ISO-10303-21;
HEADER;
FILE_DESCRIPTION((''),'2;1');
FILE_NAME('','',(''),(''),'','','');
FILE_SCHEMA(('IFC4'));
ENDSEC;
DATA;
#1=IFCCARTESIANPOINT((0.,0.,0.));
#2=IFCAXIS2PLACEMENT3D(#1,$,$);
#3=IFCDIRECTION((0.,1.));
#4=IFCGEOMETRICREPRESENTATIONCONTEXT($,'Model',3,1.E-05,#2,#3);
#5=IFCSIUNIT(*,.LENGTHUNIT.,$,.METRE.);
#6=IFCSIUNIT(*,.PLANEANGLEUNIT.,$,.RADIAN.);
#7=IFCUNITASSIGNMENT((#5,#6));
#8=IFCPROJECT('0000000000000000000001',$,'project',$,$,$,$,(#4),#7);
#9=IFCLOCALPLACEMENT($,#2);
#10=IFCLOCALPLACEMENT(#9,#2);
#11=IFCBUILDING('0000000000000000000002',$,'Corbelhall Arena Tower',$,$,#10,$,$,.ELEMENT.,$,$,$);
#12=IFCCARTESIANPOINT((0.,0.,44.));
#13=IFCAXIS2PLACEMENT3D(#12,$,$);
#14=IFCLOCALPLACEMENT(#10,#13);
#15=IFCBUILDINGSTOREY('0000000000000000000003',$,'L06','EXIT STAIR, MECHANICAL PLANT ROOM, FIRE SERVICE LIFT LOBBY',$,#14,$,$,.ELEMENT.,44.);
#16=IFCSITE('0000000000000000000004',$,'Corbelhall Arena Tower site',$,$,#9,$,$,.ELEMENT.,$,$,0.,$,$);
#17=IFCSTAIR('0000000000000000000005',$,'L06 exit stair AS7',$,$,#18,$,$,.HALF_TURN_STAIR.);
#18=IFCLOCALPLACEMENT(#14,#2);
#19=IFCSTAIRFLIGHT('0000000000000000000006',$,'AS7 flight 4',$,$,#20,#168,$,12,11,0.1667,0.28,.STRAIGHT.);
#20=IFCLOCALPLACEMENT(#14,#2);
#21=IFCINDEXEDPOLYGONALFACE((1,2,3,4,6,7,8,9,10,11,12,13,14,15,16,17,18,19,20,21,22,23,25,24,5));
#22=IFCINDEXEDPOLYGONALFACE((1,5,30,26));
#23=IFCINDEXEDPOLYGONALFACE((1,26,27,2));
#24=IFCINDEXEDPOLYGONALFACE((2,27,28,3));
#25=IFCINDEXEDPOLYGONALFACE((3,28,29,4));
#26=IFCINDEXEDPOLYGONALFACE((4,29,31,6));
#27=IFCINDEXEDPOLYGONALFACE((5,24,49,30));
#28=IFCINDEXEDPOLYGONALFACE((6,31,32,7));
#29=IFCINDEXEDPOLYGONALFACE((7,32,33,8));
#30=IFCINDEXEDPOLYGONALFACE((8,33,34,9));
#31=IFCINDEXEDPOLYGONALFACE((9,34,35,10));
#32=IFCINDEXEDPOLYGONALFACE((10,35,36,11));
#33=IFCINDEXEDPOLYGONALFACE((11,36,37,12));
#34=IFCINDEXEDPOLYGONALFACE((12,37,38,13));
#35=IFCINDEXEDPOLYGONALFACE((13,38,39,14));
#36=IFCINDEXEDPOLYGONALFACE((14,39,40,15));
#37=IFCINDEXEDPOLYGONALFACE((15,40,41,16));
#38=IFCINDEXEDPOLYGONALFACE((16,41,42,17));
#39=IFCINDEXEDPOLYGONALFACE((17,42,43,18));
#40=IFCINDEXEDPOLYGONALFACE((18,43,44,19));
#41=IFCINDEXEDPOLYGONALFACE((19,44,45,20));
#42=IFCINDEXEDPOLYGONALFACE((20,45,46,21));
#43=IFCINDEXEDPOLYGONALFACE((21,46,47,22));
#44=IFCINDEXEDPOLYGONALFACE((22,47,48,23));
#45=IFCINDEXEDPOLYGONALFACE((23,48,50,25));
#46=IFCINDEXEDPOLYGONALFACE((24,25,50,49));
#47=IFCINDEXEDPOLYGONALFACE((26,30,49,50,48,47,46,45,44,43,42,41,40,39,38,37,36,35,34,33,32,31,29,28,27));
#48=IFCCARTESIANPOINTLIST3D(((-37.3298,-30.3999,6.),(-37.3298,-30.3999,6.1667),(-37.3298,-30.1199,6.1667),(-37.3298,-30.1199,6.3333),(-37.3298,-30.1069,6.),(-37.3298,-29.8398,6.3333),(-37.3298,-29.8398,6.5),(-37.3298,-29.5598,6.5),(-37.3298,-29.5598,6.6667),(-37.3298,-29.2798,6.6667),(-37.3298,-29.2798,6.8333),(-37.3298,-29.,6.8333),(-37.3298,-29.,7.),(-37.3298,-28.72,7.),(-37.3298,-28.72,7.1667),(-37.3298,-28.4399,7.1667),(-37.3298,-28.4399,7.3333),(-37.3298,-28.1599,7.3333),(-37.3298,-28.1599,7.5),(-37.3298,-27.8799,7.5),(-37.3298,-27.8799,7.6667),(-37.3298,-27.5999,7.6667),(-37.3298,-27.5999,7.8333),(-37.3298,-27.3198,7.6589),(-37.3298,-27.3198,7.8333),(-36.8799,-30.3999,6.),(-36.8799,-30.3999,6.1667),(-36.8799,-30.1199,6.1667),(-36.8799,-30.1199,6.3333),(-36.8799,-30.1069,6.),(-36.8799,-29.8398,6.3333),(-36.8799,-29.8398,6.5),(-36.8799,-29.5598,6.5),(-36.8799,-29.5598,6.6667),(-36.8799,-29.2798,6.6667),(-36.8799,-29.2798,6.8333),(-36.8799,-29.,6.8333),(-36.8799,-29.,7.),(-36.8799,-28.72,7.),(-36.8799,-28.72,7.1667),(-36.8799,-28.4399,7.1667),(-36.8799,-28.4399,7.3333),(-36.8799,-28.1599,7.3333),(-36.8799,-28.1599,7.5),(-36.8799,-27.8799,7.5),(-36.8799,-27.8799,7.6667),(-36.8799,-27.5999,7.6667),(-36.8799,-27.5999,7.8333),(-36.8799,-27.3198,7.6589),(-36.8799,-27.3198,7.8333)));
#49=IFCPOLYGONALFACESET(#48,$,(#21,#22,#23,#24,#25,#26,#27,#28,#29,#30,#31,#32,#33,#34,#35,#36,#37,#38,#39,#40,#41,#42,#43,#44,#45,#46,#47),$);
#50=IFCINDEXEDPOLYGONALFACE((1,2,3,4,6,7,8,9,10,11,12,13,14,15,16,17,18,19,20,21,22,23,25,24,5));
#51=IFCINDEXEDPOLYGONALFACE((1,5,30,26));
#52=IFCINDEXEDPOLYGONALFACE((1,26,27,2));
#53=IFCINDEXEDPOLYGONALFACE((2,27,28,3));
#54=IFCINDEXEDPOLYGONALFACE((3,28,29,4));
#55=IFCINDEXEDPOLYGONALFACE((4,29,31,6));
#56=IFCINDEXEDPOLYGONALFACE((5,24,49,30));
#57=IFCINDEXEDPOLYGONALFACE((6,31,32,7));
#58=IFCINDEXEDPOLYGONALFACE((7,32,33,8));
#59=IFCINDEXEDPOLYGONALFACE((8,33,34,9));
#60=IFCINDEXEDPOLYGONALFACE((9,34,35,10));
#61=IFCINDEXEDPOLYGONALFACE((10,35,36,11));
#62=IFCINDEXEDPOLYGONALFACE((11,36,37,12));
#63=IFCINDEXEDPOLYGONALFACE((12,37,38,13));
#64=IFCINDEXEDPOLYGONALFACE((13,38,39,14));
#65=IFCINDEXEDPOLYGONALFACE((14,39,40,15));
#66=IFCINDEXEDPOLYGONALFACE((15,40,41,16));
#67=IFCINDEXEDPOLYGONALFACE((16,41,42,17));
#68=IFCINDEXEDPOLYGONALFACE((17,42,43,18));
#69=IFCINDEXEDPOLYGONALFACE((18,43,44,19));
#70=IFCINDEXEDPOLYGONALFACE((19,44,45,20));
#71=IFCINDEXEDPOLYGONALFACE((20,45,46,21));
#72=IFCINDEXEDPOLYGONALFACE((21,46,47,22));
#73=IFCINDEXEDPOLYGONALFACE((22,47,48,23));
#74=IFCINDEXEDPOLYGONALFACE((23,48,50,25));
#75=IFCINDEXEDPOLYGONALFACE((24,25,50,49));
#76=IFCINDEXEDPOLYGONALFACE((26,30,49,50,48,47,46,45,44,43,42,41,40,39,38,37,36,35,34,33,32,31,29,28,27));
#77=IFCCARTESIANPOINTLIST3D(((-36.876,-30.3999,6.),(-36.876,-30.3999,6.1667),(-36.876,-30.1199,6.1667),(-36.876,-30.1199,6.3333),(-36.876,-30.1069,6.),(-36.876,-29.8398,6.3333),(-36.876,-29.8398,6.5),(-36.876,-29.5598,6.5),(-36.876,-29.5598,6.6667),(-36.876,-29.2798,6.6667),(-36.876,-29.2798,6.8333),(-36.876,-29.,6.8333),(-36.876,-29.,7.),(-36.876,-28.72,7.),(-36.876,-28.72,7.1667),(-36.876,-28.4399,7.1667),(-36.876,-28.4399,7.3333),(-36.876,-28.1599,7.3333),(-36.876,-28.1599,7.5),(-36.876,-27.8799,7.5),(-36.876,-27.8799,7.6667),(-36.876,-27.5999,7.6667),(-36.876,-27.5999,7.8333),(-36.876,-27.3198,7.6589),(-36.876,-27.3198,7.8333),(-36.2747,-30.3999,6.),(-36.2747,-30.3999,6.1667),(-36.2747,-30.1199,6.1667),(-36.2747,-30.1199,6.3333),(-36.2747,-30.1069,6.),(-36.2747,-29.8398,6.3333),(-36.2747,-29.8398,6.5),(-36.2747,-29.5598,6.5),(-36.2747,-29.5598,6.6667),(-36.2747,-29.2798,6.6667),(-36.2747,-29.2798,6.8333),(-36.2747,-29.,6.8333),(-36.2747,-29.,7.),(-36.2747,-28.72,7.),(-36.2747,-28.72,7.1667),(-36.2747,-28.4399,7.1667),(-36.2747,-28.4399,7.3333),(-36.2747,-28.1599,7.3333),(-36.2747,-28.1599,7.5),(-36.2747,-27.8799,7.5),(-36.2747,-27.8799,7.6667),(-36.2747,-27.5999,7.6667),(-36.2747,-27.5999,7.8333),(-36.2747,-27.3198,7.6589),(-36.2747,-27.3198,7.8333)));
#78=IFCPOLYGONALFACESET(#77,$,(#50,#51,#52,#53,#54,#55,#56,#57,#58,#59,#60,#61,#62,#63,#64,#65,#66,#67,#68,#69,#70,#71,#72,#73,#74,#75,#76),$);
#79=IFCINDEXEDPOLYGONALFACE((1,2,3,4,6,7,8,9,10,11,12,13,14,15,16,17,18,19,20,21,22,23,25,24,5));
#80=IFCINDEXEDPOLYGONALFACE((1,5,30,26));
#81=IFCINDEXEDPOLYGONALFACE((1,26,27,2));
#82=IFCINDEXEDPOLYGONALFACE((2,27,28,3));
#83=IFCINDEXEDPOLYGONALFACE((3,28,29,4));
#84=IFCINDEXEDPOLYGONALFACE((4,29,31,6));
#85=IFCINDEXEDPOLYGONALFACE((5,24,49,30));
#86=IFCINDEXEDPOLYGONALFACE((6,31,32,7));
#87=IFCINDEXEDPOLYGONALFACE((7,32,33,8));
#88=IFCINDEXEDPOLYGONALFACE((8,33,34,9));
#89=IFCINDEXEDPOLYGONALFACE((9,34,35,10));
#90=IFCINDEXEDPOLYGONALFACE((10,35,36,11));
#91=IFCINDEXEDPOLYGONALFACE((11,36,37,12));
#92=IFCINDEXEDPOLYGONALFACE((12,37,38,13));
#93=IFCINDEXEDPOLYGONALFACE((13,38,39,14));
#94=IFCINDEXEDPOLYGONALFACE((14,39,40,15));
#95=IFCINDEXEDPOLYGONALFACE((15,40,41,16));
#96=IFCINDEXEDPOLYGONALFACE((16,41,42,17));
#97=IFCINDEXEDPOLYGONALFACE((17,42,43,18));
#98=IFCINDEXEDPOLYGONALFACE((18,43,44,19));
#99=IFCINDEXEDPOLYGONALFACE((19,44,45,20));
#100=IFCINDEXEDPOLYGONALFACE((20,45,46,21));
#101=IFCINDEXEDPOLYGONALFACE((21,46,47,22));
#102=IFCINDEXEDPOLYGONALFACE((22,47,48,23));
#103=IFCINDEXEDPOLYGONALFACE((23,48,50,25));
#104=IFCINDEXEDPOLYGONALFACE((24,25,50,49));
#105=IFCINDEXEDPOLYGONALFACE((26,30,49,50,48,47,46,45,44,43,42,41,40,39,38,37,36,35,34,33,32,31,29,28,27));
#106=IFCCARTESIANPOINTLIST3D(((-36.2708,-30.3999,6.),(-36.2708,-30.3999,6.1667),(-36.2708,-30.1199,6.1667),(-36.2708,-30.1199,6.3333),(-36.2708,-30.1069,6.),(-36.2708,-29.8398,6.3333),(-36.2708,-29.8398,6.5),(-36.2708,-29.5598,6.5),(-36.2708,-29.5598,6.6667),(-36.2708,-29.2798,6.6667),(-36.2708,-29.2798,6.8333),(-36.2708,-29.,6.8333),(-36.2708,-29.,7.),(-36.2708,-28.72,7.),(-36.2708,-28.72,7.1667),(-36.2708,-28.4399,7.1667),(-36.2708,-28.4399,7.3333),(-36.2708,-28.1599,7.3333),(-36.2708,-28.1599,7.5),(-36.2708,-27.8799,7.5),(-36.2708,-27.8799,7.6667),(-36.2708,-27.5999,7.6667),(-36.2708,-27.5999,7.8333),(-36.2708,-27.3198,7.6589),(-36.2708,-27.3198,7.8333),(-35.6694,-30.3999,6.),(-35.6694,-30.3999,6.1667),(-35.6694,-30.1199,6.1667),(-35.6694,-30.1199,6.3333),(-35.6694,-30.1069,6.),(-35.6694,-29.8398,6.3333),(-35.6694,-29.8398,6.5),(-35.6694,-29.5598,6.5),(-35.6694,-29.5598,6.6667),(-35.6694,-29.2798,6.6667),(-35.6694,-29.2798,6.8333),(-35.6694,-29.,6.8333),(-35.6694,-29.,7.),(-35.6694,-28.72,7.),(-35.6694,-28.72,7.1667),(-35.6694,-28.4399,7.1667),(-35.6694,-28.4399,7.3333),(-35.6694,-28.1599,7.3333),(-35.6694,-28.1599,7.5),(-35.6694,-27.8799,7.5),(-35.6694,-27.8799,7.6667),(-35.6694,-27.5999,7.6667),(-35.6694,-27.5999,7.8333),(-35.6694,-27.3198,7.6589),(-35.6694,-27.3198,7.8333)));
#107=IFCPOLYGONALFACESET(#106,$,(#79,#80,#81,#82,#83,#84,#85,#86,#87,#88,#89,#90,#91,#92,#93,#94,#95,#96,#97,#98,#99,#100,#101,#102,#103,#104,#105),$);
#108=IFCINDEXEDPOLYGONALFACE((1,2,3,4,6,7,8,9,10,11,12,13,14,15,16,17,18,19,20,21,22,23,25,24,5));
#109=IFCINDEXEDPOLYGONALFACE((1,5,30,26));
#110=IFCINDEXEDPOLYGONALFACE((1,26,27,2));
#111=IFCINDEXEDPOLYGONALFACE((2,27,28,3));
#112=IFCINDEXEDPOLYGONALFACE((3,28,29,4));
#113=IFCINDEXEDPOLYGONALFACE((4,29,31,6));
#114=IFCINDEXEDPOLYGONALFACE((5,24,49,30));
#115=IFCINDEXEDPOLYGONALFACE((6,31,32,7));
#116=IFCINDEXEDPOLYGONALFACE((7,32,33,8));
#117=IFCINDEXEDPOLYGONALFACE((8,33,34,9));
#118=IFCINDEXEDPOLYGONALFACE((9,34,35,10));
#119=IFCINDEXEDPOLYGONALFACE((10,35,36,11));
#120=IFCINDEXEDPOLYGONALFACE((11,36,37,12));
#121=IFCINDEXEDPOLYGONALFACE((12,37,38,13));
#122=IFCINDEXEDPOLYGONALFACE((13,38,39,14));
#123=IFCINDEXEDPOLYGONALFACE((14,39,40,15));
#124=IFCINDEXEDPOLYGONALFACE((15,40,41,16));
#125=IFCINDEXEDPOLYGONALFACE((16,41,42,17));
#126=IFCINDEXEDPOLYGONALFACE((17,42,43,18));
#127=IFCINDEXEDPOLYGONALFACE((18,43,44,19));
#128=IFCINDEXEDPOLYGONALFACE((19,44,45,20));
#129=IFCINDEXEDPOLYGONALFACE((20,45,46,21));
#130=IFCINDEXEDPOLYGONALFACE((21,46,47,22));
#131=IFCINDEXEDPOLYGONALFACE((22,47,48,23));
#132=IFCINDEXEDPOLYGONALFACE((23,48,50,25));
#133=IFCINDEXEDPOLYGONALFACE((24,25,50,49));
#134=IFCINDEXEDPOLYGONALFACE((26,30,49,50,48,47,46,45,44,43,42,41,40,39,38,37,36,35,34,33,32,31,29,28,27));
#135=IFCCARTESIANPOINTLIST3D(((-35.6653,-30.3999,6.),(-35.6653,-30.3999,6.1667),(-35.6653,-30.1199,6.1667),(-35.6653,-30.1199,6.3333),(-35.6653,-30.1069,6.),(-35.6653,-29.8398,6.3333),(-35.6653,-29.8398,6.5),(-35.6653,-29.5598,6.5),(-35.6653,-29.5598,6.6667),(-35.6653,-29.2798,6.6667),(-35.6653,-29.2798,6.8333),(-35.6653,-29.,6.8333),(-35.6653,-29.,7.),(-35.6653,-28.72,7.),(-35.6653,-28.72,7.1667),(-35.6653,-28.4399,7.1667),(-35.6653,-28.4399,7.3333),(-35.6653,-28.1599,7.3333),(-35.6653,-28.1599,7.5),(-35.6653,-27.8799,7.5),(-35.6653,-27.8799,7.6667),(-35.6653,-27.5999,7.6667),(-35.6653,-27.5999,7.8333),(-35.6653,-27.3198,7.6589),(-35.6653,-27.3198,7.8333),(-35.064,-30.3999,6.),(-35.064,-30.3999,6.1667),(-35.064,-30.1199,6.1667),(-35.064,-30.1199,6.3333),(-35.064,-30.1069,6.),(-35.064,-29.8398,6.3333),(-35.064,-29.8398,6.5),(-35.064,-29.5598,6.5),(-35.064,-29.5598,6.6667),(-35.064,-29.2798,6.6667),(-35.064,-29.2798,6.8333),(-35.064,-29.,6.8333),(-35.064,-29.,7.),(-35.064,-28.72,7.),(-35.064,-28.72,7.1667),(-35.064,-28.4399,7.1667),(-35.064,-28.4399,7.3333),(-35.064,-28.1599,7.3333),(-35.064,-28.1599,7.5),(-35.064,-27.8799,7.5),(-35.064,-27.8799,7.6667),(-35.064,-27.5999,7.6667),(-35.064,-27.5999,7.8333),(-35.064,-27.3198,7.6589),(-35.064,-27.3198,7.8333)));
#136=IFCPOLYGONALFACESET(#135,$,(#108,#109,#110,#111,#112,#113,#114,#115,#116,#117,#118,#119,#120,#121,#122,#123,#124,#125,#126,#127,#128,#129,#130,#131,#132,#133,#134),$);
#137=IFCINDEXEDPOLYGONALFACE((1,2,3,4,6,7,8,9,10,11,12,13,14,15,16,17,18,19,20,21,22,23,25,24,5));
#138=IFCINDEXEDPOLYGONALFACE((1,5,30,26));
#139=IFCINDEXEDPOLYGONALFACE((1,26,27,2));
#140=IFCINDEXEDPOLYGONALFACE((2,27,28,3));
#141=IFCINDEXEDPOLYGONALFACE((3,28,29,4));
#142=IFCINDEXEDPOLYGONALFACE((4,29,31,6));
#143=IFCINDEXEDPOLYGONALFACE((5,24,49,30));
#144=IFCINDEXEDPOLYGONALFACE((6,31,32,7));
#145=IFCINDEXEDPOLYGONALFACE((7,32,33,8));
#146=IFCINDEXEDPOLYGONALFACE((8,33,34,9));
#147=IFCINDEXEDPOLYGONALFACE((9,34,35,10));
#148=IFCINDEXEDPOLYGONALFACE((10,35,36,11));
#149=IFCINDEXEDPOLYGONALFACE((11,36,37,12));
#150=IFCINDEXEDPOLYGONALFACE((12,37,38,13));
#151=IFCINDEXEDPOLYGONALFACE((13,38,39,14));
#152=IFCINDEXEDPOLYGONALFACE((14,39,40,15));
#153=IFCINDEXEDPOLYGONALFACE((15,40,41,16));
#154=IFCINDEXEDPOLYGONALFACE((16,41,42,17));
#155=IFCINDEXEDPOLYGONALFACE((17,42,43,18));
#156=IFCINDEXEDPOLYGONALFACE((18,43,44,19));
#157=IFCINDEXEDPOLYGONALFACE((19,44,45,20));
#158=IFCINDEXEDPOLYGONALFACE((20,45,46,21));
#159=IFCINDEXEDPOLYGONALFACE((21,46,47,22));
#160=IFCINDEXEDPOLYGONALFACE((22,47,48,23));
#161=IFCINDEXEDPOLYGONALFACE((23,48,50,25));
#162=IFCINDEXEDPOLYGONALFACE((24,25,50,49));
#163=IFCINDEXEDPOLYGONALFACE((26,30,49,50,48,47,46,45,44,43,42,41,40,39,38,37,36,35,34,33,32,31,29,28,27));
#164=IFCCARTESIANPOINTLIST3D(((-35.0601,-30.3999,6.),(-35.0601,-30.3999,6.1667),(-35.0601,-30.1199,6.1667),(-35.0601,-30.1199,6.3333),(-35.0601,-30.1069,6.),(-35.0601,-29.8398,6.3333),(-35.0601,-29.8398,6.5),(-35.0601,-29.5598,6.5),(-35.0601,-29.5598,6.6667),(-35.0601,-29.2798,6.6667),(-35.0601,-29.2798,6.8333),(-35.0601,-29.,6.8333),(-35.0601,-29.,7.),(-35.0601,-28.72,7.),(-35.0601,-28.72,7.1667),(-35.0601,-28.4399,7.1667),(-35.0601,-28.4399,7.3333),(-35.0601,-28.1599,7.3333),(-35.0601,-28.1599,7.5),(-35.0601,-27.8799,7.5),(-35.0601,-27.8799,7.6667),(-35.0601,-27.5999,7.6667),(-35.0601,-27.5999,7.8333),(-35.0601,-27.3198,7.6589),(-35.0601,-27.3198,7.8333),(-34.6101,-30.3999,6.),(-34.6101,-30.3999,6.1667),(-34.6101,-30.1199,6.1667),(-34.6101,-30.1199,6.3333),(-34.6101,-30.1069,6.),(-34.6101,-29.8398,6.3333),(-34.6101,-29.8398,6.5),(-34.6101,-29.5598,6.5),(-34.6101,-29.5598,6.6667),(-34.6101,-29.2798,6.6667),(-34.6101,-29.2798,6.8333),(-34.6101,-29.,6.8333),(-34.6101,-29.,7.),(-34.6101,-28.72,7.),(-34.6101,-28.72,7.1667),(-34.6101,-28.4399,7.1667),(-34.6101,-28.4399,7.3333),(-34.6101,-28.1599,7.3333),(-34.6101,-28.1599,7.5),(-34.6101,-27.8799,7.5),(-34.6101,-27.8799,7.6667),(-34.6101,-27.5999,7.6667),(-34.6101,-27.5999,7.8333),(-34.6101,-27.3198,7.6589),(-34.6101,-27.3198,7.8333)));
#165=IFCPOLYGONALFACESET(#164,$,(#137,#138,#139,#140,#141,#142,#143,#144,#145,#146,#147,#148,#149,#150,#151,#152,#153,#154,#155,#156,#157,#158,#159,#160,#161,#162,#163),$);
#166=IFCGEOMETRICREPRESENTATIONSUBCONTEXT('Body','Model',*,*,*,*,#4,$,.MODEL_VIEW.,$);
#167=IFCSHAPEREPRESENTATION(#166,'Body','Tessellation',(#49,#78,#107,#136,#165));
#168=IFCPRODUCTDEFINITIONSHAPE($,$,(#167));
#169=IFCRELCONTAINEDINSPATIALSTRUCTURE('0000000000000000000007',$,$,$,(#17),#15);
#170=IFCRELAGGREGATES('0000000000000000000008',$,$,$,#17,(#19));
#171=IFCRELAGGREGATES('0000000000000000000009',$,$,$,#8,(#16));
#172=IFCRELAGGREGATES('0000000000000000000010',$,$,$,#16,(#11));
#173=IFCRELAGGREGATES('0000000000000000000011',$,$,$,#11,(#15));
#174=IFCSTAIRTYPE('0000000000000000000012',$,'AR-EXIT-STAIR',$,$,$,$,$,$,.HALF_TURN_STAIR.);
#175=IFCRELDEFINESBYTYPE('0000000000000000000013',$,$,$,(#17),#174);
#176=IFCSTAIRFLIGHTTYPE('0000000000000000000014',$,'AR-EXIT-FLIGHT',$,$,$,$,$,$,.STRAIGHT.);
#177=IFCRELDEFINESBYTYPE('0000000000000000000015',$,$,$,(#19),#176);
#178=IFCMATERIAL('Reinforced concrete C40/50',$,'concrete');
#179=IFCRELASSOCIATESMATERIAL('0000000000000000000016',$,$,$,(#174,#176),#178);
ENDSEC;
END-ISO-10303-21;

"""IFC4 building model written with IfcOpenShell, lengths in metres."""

from ifc_helpers import new_model, si_unit, direction, frame, origin, place, context, subcontext, project, spatial, polyline, outline, extrude, material, type_object, element, aggregate, save


model = new_model("IFC4")

# Units and contexts
model_context = context("Model", 3, precision=1e-05, world=origin(), true_north=direction((0.0, 1.0)))
body_context = subcontext(model_context, "Body", "Model", "MODEL_VIEW")
ifc_project = project(units=[si_unit("LENGTHUNIT", "METRE"), si_unit("PLANEANGLEUNIT", "RADIAN")], contexts=[model_context])

# Site, building, storey
site_placement = place(None, origin())
site = spatial("IfcSite", under=ifc_project, at=site_placement, Name="Corbelhall Arena Tower site", CompositionType="ELEMENT", RefElevation=0.0)
building_placement = place(site_placement, origin())
building = spatial("IfcBuilding", under=site, at=building_placement, Name="Corbelhall Arena Tower", CompositionType="ELEMENT")
storey_placement = place(building_placement, frame((0.0, 0.0, 44.0)))
storey = spatial("IfcBuildingStorey", under=building, at=storey_placement, Name="L06", Description="EXIT STAIR, MECHANICAL PLANT ROOM, FIRE SERVICE LIFT LOBBY", CompositionType="ELEMENT", Elevation=44.0)

# Shared definitions
ifc_material_1 = material(Name="Reinforced concrete C40/50", Category="concrete")

# Stair, stair flight
stair_type = type_object("IfcStairType", Name="AR-EXIT-STAIR", PredefinedType="HALF_TURN_STAIR", material=ifc_material_1)
stair_1_placement = place(storey_placement, origin())
stair_1 = element("IfcStair", 1, at=stair_1_placement, inside=storey, type_object=stair_type, Name="L06 exit stair AS7", PredefinedType="HALF_TURN_STAIR")
stair_flight_type = type_object("IfcStairFlightType", Name="AR-EXIT-FLIGHT", PredefinedType="STRAIGHT", material=ifc_material_1)
stair_flight_1_placement = place(storey_placement, frame((-35.97, -30.3999, 6.0), z_axis=(0.0, 0.0, 1.0), x_axis=(0.0, 1.0, 0.0)))
stair_flight_1 = element("IfcStairFlight", 2, at=stair_flight_1_placement, type_object=stair_flight_type, Name="AS7 flight 4", NumberOfRisers=12, NumberOfTreads=11, PredefinedType="STRAIGHT", RiserHeight=0.1667, TreadLength=0.28, context=body_context, shape_type="SweptSolid", body=[
    extrude(outline(polyline([(0.0, 0.0), (0.0, 0.1667), (0.28, 0.1667), (0.28, 0.3333), (0.5601, 0.3333), (0.5601, 0.5), (0.8401, 0.5), (0.8401, 0.6667), (1.1201, 0.6667), (1.1201, 0.8333), (1.3999, 0.8333), (1.3999, 1.0), (1.6799, 1.0), (1.6799, 1.1667), (1.96, 1.1667), (1.96, 1.3333), (2.24, 1.3333), (2.24, 1.5), (2.52, 1.5), (2.52, 1.6667), (2.8, 1.6667), (2.8, 1.8333), (3.0801, 1.8333), (3.0801, 2.0), (3.0801, 1.6589), (0.293, 0.0), (0.0, 0.0)])), frame((0.0, 1.3599, 0.0), z_axis=(0.0, -1.0, 0.0), x_axis=(1.0, 0.0, 0.0)), (0.0, 0.0, 1.0), 0.45),
    extrude(outline(polyline([(0.0, 0.0), (0.0, 0.1667), (0.28, 0.1667), (0.28, 0.3333), (0.5601, 0.3333), (0.5601, 0.5), (0.8401, 0.5), (0.8401, 0.6667), (1.1201, 0.6667), (1.1201, 0.8333), (1.3999, 0.8333), (1.3999, 1.0), (1.6799, 1.0), (1.6799, 1.1667), (1.96, 1.1667), (1.96, 1.3333), (2.24, 1.3333), (2.24, 1.5), (2.52, 1.5), (2.52, 1.6667), (2.8, 1.6667), (2.8, 1.8333), (3.0801, 1.8333), (3.0801, 2.0), (3.0801, 1.6589), (0.293, 0.0), (0.0, 0.0)])), frame((0.0, 0.906, 0.0), z_axis=(0.0, -1.0, 0.0), x_axis=(1.0, 0.0, 0.0)), (0.0, 0.0, 1.0), 0.6013),
    extrude(outline(polyline([(0.0, 0.0), (0.0, 0.1667), (0.28, 0.1667), (0.28, 0.3333), (0.5601, 0.3333), (0.5601, 0.5), (0.8401, 0.5), (0.8401, 0.6667), (1.1201, 0.6667), (1.1201, 0.8333), (1.3999, 0.8333), (1.3999, 1.0), (1.6799, 1.0), (1.6799, 1.1667), (1.96, 1.1667), (1.96, 1.3333), (2.24, 1.3333), (2.24, 1.5), (2.52, 1.5), (2.52, 1.6667), (2.8, 1.6667), (2.8, 1.8333), (3.0801, 1.8333), (3.0801, 2.0), (3.0801, 1.6589), (0.293, 0.0), (0.0, 0.0)])), frame((0.0, 0.3008, 0.0), z_axis=(0.0, -1.0, 0.0), x_axis=(1.0, 0.0, 0.0)), (0.0, 0.0, 1.0), 0.6013),
    extrude(outline(polyline([(0.0, 0.0), (0.0, 0.1667), (0.28, 0.1667), (0.28, 0.3333), (0.5601, 0.3333), (0.5601, 0.5), (0.8401, 0.5), (0.8401, 0.6667), (1.1201, 0.6667), (1.1201, 0.8333), (1.3999, 0.8333), (1.3999, 1.0), (1.6799, 1.0), (1.6799, 1.1667), (1.96, 1.1667), (1.96, 1.3333), (2.24, 1.3333), (2.24, 1.5), (2.52, 1.5), (2.52, 1.6667), (2.8, 1.6667), (2.8, 1.8333), (3.0801, 1.8333), (3.0801, 2.0), (3.0801, 1.6589), (0.293, 0.0), (0.0, 0.0)])), frame((0.0, -0.3047, 0.0), z_axis=(0.0, -1.0, 0.0), x_axis=(1.0, 0.0, 0.0)), (0.0, 0.0, 1.0), 0.6013),
    extrude(outline(polyline([(0.0, 0.0), (0.0, 0.1667), (0.28, 0.1667), (0.28, 0.3333), (0.5601, 0.3333), (0.5601, 0.5), (0.8401, 0.5), (0.8401, 0.6667), (1.1201, 0.6667), (1.1201, 0.8333), (1.3999, 0.8333), (1.3999, 1.0), (1.6799, 1.0), (1.6799, 1.1667), (1.96, 1.1667), (1.96, 1.3333), (2.24, 1.3333), (2.24, 1.5), (2.52, 1.5), (2.52, 1.6667), (2.8, 1.6667), (2.8, 1.8333), (3.0801, 1.8333), (3.0801, 2.0), (3.0801, 1.6589), (0.293, 0.0), (0.0, 0.0)])), frame((0.0, -0.9099, 0.0), z_axis=(0.0, -1.0, 0.0), x_axis=(1.0, 0.0, 0.0)), (0.0, 0.0, 1.0), 0.45),
])
aggregate(stair_1, [stair_flight_1])

save(model, "model.ifc")
